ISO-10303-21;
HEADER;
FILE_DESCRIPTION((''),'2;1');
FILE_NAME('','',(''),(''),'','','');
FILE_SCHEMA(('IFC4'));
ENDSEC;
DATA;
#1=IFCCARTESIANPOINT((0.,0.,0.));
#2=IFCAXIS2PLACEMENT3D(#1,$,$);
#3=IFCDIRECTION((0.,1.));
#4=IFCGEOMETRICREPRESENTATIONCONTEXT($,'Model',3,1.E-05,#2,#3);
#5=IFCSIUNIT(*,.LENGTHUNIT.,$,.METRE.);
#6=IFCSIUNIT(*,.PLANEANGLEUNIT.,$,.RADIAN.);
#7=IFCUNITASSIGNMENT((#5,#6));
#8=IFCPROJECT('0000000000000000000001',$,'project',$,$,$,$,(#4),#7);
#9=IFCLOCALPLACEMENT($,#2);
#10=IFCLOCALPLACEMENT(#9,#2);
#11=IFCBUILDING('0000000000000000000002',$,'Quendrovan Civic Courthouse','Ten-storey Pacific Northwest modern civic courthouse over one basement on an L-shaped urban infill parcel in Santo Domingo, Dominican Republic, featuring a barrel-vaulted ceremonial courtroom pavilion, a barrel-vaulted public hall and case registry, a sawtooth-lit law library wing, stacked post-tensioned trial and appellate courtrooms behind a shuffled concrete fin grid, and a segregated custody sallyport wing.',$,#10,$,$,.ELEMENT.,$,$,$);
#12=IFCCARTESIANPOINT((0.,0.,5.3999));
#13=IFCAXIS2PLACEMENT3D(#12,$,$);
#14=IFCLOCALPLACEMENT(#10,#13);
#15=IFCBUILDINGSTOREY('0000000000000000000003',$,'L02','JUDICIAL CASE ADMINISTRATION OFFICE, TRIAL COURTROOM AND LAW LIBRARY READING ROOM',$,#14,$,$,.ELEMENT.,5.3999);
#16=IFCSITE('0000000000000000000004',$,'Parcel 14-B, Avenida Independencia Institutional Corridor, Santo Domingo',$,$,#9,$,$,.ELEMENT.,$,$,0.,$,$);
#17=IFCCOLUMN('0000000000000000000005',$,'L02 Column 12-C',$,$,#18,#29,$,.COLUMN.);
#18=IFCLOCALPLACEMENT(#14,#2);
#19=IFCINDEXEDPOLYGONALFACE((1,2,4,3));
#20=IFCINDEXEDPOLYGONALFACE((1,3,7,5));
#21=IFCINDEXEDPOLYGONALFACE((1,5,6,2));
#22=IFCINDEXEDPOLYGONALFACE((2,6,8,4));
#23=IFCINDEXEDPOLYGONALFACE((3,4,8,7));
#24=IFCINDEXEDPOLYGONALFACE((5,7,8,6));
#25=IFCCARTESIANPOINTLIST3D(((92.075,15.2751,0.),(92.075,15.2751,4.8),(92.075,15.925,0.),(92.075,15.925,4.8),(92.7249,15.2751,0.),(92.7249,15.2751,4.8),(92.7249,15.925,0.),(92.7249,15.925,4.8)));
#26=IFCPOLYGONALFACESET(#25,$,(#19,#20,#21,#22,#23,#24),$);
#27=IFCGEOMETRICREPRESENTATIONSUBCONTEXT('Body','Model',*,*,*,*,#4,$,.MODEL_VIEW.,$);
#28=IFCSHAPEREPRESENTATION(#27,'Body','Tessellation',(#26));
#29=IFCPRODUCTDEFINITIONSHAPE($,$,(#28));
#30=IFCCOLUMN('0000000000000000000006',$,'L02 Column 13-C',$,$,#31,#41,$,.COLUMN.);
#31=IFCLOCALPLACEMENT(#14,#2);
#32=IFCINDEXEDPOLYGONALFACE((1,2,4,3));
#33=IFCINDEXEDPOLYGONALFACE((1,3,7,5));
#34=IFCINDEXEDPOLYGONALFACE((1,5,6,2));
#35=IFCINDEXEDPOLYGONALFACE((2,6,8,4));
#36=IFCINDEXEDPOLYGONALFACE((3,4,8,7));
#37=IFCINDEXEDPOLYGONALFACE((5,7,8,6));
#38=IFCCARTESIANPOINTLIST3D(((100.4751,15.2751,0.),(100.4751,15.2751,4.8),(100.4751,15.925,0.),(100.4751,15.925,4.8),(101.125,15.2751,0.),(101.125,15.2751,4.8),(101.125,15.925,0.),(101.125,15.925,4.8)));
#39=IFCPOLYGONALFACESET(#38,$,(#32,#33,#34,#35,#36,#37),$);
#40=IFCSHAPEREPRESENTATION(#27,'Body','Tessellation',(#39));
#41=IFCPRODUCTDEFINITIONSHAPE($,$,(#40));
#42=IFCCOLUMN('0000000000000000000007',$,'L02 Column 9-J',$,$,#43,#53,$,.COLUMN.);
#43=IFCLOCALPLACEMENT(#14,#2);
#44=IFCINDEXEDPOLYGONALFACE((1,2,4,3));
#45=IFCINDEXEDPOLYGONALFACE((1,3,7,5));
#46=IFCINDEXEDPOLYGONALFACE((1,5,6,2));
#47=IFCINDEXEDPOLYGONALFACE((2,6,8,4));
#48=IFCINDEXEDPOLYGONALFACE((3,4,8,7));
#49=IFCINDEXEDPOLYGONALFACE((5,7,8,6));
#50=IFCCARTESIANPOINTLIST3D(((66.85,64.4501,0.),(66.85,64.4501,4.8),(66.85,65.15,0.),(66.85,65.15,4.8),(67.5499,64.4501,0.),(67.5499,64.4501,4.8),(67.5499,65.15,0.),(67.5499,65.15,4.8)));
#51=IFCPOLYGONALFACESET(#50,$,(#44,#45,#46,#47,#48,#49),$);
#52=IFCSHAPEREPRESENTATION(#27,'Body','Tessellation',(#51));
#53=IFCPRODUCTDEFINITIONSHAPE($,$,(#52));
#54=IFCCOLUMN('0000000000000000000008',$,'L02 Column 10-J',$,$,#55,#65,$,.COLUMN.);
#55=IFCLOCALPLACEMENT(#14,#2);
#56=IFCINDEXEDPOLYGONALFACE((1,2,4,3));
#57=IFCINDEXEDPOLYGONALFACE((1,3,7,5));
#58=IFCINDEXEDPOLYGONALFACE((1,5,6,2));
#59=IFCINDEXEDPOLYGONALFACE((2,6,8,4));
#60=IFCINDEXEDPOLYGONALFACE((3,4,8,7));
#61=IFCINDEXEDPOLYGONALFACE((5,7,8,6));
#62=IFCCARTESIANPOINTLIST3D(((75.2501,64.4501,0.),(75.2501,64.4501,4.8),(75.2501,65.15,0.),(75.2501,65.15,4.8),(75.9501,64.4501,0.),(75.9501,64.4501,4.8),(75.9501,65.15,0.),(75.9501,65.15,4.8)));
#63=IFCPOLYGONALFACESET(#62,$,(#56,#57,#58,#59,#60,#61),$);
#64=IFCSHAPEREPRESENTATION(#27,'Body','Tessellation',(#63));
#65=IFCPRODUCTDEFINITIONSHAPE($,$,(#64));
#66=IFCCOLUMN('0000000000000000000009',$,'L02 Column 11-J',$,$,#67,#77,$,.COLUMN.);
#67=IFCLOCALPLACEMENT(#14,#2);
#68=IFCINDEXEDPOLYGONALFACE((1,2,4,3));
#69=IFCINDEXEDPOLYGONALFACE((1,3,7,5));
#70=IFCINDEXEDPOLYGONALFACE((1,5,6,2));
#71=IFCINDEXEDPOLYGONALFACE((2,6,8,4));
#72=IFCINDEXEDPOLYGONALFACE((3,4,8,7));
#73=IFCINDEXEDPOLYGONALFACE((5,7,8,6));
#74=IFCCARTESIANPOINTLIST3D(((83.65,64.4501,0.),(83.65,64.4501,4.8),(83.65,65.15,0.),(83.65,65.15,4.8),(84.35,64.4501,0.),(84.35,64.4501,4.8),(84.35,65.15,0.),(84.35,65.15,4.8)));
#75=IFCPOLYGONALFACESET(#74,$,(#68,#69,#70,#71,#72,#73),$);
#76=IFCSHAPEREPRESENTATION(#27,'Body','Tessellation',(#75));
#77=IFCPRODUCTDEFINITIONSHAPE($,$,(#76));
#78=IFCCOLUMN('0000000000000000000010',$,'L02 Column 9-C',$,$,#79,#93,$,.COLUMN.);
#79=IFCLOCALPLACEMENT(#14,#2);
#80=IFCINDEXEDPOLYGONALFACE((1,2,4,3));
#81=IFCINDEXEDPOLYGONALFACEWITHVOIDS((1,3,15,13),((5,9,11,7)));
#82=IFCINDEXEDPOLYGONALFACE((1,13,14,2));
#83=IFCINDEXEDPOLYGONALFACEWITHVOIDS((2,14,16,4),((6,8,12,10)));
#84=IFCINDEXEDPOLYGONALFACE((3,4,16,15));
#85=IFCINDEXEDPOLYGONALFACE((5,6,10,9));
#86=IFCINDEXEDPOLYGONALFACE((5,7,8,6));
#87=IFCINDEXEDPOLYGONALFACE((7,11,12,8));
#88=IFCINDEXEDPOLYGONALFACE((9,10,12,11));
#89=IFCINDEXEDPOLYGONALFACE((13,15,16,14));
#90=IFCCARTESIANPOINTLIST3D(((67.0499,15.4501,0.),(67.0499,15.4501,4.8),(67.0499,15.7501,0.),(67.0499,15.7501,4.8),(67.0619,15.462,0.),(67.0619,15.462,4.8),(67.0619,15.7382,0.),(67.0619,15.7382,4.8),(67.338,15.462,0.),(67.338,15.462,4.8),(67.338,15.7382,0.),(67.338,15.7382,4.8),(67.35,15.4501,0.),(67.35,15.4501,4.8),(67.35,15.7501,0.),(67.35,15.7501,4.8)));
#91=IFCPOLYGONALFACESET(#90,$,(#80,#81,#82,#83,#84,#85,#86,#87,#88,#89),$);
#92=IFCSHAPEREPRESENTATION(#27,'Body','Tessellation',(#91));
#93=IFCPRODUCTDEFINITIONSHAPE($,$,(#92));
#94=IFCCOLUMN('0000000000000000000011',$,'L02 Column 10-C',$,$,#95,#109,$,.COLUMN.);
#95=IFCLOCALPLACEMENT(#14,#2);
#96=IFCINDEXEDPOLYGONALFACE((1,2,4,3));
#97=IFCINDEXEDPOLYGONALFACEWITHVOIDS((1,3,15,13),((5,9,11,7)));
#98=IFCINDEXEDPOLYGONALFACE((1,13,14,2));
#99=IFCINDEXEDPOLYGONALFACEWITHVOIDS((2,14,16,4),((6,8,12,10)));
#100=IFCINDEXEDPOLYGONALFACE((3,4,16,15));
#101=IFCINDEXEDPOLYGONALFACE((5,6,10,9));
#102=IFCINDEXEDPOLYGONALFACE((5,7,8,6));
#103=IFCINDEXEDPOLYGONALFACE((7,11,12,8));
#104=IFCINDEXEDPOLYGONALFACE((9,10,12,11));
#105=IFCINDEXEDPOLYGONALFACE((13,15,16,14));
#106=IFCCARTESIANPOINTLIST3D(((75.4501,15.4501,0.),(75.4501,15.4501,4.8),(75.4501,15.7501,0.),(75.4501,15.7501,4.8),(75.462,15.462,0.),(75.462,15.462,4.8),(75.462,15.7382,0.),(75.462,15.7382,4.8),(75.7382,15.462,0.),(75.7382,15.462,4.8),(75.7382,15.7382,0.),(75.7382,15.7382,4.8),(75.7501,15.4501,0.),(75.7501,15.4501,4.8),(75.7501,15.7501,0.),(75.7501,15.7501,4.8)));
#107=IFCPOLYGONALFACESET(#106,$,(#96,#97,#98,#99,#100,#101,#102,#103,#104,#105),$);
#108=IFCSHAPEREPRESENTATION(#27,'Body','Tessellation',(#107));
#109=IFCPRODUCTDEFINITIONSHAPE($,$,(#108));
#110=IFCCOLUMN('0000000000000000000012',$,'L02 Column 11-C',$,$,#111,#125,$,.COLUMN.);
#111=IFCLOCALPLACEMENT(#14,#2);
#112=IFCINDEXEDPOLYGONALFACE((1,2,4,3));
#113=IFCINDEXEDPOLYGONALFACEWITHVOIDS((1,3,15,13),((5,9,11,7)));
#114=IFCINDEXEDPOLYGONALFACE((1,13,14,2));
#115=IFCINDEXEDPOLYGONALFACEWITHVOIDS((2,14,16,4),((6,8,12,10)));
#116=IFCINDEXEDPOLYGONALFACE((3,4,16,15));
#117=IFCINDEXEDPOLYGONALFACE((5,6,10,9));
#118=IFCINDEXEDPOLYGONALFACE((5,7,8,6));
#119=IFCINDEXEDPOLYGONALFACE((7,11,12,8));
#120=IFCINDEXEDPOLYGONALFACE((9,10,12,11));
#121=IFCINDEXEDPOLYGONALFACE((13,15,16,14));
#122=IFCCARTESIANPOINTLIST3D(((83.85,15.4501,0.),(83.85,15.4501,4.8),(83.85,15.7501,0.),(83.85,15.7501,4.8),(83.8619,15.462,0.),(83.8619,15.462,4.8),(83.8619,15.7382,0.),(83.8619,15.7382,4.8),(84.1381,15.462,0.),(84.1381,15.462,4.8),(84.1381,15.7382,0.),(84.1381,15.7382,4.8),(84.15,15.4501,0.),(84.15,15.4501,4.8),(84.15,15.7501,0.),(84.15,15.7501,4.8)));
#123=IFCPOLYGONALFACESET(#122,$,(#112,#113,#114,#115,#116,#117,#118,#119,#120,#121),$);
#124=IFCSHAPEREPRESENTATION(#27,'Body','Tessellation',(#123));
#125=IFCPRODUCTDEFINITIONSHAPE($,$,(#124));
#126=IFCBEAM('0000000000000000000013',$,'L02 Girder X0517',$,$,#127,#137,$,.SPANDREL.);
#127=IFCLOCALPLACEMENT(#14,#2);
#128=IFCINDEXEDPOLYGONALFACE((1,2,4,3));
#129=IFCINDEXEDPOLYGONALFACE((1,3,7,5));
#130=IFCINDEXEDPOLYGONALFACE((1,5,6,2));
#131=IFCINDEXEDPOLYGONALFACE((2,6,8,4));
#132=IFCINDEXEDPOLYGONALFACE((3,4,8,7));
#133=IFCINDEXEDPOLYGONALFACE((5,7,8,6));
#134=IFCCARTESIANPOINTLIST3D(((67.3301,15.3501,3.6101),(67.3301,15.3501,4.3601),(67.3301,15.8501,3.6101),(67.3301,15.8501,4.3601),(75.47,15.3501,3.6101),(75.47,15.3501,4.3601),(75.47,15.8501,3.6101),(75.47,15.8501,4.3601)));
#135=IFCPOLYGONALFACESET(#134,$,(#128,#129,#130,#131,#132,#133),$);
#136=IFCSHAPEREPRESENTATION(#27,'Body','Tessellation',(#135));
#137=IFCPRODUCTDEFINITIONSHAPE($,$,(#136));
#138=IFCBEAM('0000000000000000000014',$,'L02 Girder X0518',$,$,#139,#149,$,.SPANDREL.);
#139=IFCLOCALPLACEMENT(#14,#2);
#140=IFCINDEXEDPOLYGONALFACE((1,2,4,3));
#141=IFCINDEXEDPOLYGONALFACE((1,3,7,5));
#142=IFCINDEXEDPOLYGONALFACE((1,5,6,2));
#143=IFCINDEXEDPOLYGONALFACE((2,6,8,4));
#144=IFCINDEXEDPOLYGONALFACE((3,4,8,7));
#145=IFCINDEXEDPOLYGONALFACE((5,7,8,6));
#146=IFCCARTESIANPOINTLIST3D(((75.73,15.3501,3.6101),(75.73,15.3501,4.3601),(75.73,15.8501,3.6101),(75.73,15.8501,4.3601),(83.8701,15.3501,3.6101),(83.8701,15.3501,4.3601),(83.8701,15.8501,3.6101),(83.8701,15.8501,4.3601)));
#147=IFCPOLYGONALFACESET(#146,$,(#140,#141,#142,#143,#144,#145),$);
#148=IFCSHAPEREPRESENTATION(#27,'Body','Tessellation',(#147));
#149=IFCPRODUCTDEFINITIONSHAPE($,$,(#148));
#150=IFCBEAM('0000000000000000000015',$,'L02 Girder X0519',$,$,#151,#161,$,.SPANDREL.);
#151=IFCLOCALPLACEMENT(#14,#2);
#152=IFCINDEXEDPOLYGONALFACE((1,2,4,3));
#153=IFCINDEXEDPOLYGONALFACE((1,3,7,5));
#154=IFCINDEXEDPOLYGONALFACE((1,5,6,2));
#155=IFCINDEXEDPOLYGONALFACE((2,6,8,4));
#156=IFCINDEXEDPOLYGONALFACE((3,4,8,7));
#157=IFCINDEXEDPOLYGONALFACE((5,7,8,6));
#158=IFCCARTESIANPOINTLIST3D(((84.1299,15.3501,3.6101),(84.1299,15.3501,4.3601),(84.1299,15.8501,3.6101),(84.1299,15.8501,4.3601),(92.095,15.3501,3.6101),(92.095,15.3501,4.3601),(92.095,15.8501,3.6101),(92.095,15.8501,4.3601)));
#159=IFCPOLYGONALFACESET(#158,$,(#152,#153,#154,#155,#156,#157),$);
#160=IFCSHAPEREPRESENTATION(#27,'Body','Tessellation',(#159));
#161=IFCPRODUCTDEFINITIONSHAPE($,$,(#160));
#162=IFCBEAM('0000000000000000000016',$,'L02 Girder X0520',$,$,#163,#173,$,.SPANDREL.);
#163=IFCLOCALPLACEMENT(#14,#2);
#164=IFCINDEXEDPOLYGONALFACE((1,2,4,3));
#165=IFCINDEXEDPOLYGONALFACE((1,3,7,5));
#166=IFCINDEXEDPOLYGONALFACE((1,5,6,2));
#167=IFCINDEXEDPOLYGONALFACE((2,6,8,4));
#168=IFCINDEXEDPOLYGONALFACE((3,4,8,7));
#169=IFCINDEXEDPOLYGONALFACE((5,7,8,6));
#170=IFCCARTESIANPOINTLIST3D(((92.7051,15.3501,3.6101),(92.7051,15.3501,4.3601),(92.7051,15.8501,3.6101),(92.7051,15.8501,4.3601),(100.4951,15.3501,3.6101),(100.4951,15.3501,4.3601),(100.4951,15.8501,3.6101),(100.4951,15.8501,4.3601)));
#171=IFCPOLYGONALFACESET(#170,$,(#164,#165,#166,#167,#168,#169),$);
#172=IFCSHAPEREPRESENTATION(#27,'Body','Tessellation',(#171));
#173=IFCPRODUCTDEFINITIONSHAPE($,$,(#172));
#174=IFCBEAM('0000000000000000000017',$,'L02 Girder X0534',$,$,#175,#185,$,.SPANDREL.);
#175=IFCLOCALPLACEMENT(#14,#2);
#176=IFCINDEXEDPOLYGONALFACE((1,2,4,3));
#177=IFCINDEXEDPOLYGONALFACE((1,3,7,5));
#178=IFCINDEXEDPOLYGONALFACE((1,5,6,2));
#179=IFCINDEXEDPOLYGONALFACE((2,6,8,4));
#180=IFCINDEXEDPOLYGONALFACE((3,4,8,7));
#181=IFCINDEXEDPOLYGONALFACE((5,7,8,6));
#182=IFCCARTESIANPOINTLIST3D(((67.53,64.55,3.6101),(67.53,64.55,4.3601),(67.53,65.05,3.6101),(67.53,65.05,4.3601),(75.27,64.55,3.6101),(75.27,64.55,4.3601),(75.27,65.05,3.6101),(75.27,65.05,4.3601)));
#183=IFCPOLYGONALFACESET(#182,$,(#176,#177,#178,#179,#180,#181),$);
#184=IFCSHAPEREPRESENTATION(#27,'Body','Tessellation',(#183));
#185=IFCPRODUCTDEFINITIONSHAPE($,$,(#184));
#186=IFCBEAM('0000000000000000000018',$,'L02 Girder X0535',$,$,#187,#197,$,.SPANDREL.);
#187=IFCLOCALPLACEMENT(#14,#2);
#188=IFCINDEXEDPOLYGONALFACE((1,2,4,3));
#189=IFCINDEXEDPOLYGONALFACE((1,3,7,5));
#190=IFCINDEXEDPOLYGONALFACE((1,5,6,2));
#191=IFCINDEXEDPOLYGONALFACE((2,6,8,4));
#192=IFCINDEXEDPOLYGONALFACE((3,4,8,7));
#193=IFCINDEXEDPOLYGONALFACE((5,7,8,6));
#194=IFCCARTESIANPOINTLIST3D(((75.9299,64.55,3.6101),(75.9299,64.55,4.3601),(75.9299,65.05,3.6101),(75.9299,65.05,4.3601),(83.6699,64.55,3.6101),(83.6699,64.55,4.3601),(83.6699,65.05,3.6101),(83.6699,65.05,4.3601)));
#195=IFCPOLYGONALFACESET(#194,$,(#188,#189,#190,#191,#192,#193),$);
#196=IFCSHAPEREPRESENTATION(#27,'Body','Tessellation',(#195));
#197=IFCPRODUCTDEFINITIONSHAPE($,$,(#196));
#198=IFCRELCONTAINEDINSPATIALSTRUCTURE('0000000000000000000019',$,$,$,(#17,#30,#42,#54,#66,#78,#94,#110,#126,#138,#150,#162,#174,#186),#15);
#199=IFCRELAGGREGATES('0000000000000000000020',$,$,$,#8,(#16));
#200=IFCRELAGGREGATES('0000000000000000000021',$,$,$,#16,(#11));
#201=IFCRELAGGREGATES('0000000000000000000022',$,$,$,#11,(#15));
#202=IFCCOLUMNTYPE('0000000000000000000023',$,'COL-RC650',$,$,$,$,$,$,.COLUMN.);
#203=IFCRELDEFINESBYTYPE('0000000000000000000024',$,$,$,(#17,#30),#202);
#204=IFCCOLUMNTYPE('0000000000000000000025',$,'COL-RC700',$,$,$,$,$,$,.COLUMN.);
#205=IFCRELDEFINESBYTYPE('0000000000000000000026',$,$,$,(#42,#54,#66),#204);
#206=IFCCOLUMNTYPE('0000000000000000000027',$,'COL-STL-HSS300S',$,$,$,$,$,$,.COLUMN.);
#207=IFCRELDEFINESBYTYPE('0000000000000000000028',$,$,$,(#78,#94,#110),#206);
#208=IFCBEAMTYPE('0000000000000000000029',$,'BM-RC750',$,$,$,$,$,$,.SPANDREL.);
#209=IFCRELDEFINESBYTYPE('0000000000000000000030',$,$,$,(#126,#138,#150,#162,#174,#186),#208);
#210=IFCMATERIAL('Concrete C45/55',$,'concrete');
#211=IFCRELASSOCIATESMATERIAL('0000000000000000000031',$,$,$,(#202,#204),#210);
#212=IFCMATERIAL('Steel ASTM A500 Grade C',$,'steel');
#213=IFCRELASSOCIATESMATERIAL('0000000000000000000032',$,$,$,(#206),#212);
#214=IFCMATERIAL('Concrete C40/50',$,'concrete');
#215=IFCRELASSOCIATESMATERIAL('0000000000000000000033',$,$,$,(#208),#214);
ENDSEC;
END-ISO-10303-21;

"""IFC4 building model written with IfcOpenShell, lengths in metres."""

from ifc_helpers import new_model, si_unit, direction, frame, origin, origin_2d, place, context, subcontext, project, spatial, rectangle, hollow_rectangle, extrude, material, material_profile, profile_set, type_object, element, save


model = new_model("IFC4")

# Units and contexts
model_context = context("Model", 3, precision=1e-05, world=origin(), true_north=direction((0.0, 1.0)))
body_context = subcontext(model_context, "Body", "Model", "MODEL_VIEW")
ifc_project = project(units=[si_unit("LENGTHUNIT", "METRE"), si_unit("PLANEANGLEUNIT", "RADIAN")], contexts=[model_context])

# Site, building, storey
site_placement = place(None, origin())
site = spatial("IfcSite", under=ifc_project, at=site_placement, Name="Parcel 14-B, Avenida Independencia Institutional Corridor, Santo Domingo", CompositionType="ELEMENT", RefElevation=0.0)
building_placement = place(site_placement, origin())
building = spatial("IfcBuilding", under=site, at=building_placement, Name="Quendrovan Civic Courthouse", Description="Ten-storey Pacific Northwest modern civic courthouse over one basement on an L-shaped urban infill parcel in Santo Domingo, Dominican Republic, featuring a barrel-vaulted ceremonial courtroom pavilion, a barrel-vaulted public hall and case registry, a sawtooth-lit law library wing, stacked post-tensioned trial and appellate courtrooms behind a shuffled concrete fin grid, and a segregated custody sallyport wing.", CompositionType="ELEMENT")
storey_placement = place(building_placement, frame((0.0, 0.0, 5.3999)))
storey = spatial("IfcBuildingStorey", under=building, at=storey_placement, Name="L02", Description="JUDICIAL CASE ADMINISTRATION OFFICE, TRIAL COURTROOM AND LAW LIBRARY READING ROOM", CompositionType="ELEMENT", Elevation=5.3999)

# Columns
ifc_material_1 = material(Name="Concrete C45/55", Category="concrete")
ifc_material_profile_1 = material_profile(ifc_material_1, rectangle(XDim=0.6499, YDim=0.6499, at=origin_2d()), Name="RC-COL-650x650")
ifc_profile_set_1 = profile_set([ifc_material_profile_1], Name="Concrete C45/55")
column_type_1 = type_object("IfcColumnType", Name="COL-RC650", PredefinedType="COLUMN", material=ifc_profile_set_1)
for number, where, z_axis, x_axis, name in (
    (1, (92.3999, 15.6001, 0.0), (0.0, 0.0, 1.0), (1.0, 0.0, 0.0), "L02 Column 12-C"),
    (2, (100.8, 15.6001, 0.0), (0.0, 0.0, 1.0), (1.0, 0.0, 0.0), "L02 Column 13-C"),
):
    element("IfcColumn", number, at=place(storey_placement, frame(where, z_axis=z_axis, x_axis=x_axis)), inside=storey, type_object=column_type_1, Name=name, PredefinedType="COLUMN", context=body_context, shape_type="SweptSolid", body=[
        extrude(rectangle(XDim=0.6499, YDim=0.6499, at=origin_2d()), origin(), (0.0, 0.0, 1.0), 4.8),
    ])
ifc_material_profile_2 = material_profile(ifc_material_1, rectangle(XDim=0.7, YDim=0.7, at=origin_2d()), Name="RC-COL-700x700")
ifc_profile_set_2 = profile_set([ifc_material_profile_2], Name="Concrete C45/55")
column_type_2 = type_object("IfcColumnType", Name="COL-RC700", PredefinedType="COLUMN", material=ifc_profile_set_2)
for number, where, z_axis, x_axis, name in (
    (3, (67.2, 64.8, 0.0), (0.0, 0.0, 1.0), (1.0, 0.0, 0.0), "L02 Column 9-J"),
    (4, (75.6001, 64.8, 0.0), (0.0, 0.0, 1.0), (1.0, 0.0, 0.0), "L02 Column 10-J"),
    (5, (84.0, 64.8, 0.0), (0.0, 0.0, 1.0), (1.0, 0.0, 0.0), "L02 Column 11-J"),
):
    element("IfcColumn", number, at=place(storey_placement, frame(where, z_axis=z_axis, x_axis=x_axis)), inside=storey, type_object=column_type_2, Name=name, PredefinedType="COLUMN", context=body_context, shape_type="SweptSolid", body=[
        extrude(rectangle(XDim=0.7, YDim=0.7, at=origin_2d()), origin(), (0.0, 0.0, 1.0), 4.8),
    ])
ifc_material_2 = material(Name="Steel ASTM A500 Grade C", Category="steel")
ifc_material_profile_3 = material_profile(ifc_material_2, hollow_rectangle(XDim=0.3, YDim=0.3, WallThickness=0.012, at=origin_2d()), Name="HSS300x300x12")
ifc_profile_set_3 = profile_set([ifc_material_profile_3], Name="Steel ASTM A500 Grade C")
column_type_3 = type_object("IfcColumnType", Name="COL-STL-HSS300S", PredefinedType="COLUMN", material=ifc_profile_set_3)
for number, where, z_axis, x_axis, name in (
    (6, (67.2, 15.6001, 0.0), (0.0, 0.0, 1.0), (1.0, 0.0, 0.0), "L02 Column 9-C"),
    (7, (75.6001, 15.6001, 0.0), (0.0, 0.0, 1.0), (1.0, 0.0, 0.0), "L02 Column 10-C"),
    (8, (84.0, 15.6001, 0.0), (0.0, 0.0, 1.0), (1.0, 0.0, 0.0), "L02 Column 11-C"),
):
    element("IfcColumn", number, at=place(storey_placement, frame(where, z_axis=z_axis, x_axis=x_axis)), inside=storey, type_object=column_type_3, Name=name, PredefinedType="COLUMN", context=body_context, shape_type="SweptSolid", body=[
        extrude(hollow_rectangle(XDim=0.3, YDim=0.3, WallThickness=0.012, at=origin_2d()), origin(), (0.0, 0.0, 1.0), 4.8),
    ])

# Beams
ifc_material_3 = material(Name="Concrete C40/50", Category="concrete")
ifc_material_profile_4 = material_profile(ifc_material_3, rectangle(XDim=0.5, YDim=0.75, at=origin_2d()), Name="RC-BM-500x750")
ifc_profile_set_4 = profile_set([ifc_material_profile_4], Name="Concrete C40/50")
beam_type_1 = type_object("IfcBeamType", Name="BM-RC750", PredefinedType="SPANDREL", material=ifc_profile_set_4)
beam_1_placement = place(storey_placement, frame((67.3301, 15.6001, 3.9851), z_axis=(1.0, 0.0, 0.0), x_axis=(0.0, 1.0, 0.0)))
element("IfcBeam", 9, at=beam_1_placement, inside=storey, type_object=beam_type_1, Name="L02 Girder X0517", PredefinedType="SPANDREL", context=body_context, shape_type="SweptSolid", body=[
    extrude(rectangle(XDim=0.5, YDim=0.75, at=origin_2d()), origin(), (0.0, 0.0, 1.0), 8.1399),
])
beam_2_placement = place(storey_placement, frame((75.73, 15.6001, 3.9851), z_axis=(1.0, 0.0, 0.0), x_axis=(0.0, 1.0, 0.0)))
element("IfcBeam", 10, at=beam_2_placement, inside=storey, type_object=beam_type_1, Name="L02 Girder X0518", PredefinedType="SPANDREL", context=body_context, shape_type="SweptSolid", body=[
    extrude(rectangle(XDim=0.5, YDim=0.75, at=origin_2d()), origin(), (0.0, 0.0, 1.0), 8.1401),
])
beam_3_placement = place(storey_placement, frame((84.1299, 15.6001, 3.9851), z_axis=(1.0, 0.0, 0.0), x_axis=(0.0, 1.0, 0.0)))
element("IfcBeam", 11, at=beam_3_placement, inside=storey, type_object=beam_type_1, Name="L02 Girder X0519", PredefinedType="SPANDREL", context=body_context, shape_type="SweptSolid", body=[
    extrude(rectangle(XDim=0.5, YDim=0.75, at=origin_2d()), origin(), (0.0, 0.0, 1.0), 7.9651),
])
beam_4_placement = place(storey_placement, frame((92.7051, 15.6001, 3.9851), z_axis=(1.0, 0.0, 0.0), x_axis=(0.0, 1.0, 0.0)))
element("IfcBeam", 12, at=beam_4_placement, inside=storey, type_object=beam_type_1, Name="L02 Girder X0520", PredefinedType="SPANDREL", context=body_context, shape_type="SweptSolid", body=[
    extrude(rectangle(XDim=0.5, YDim=0.75, at=origin_2d()), origin(), (0.0, 0.0, 1.0), 7.79),
])
for number, where, z_axis, x_axis, name in (
    (13, (67.53, 64.8, 3.9851), (1.0, 0.0, 0.0), (0.0, 1.0, 0.0), "L02 Girder X0534"),
    (14, (75.9299, 64.8, 3.9851), (1.0, 0.0, 0.0), (0.0, 1.0, 0.0), "L02 Girder X0535"),
):
    element("IfcBeam", number, at=place(storey_placement, frame(where, z_axis=z_axis, x_axis=x_axis)), inside=storey, type_object=beam_type_1, Name=name, PredefinedType="SPANDREL", context=body_context, shape_type="SweptSolid", body=[
        extrude(rectangle(XDim=0.5, YDim=0.75, at=origin_2d()), origin(), (0.0, 0.0, 1.0), 7.74),
    ])

save(model, "model.ifc")
